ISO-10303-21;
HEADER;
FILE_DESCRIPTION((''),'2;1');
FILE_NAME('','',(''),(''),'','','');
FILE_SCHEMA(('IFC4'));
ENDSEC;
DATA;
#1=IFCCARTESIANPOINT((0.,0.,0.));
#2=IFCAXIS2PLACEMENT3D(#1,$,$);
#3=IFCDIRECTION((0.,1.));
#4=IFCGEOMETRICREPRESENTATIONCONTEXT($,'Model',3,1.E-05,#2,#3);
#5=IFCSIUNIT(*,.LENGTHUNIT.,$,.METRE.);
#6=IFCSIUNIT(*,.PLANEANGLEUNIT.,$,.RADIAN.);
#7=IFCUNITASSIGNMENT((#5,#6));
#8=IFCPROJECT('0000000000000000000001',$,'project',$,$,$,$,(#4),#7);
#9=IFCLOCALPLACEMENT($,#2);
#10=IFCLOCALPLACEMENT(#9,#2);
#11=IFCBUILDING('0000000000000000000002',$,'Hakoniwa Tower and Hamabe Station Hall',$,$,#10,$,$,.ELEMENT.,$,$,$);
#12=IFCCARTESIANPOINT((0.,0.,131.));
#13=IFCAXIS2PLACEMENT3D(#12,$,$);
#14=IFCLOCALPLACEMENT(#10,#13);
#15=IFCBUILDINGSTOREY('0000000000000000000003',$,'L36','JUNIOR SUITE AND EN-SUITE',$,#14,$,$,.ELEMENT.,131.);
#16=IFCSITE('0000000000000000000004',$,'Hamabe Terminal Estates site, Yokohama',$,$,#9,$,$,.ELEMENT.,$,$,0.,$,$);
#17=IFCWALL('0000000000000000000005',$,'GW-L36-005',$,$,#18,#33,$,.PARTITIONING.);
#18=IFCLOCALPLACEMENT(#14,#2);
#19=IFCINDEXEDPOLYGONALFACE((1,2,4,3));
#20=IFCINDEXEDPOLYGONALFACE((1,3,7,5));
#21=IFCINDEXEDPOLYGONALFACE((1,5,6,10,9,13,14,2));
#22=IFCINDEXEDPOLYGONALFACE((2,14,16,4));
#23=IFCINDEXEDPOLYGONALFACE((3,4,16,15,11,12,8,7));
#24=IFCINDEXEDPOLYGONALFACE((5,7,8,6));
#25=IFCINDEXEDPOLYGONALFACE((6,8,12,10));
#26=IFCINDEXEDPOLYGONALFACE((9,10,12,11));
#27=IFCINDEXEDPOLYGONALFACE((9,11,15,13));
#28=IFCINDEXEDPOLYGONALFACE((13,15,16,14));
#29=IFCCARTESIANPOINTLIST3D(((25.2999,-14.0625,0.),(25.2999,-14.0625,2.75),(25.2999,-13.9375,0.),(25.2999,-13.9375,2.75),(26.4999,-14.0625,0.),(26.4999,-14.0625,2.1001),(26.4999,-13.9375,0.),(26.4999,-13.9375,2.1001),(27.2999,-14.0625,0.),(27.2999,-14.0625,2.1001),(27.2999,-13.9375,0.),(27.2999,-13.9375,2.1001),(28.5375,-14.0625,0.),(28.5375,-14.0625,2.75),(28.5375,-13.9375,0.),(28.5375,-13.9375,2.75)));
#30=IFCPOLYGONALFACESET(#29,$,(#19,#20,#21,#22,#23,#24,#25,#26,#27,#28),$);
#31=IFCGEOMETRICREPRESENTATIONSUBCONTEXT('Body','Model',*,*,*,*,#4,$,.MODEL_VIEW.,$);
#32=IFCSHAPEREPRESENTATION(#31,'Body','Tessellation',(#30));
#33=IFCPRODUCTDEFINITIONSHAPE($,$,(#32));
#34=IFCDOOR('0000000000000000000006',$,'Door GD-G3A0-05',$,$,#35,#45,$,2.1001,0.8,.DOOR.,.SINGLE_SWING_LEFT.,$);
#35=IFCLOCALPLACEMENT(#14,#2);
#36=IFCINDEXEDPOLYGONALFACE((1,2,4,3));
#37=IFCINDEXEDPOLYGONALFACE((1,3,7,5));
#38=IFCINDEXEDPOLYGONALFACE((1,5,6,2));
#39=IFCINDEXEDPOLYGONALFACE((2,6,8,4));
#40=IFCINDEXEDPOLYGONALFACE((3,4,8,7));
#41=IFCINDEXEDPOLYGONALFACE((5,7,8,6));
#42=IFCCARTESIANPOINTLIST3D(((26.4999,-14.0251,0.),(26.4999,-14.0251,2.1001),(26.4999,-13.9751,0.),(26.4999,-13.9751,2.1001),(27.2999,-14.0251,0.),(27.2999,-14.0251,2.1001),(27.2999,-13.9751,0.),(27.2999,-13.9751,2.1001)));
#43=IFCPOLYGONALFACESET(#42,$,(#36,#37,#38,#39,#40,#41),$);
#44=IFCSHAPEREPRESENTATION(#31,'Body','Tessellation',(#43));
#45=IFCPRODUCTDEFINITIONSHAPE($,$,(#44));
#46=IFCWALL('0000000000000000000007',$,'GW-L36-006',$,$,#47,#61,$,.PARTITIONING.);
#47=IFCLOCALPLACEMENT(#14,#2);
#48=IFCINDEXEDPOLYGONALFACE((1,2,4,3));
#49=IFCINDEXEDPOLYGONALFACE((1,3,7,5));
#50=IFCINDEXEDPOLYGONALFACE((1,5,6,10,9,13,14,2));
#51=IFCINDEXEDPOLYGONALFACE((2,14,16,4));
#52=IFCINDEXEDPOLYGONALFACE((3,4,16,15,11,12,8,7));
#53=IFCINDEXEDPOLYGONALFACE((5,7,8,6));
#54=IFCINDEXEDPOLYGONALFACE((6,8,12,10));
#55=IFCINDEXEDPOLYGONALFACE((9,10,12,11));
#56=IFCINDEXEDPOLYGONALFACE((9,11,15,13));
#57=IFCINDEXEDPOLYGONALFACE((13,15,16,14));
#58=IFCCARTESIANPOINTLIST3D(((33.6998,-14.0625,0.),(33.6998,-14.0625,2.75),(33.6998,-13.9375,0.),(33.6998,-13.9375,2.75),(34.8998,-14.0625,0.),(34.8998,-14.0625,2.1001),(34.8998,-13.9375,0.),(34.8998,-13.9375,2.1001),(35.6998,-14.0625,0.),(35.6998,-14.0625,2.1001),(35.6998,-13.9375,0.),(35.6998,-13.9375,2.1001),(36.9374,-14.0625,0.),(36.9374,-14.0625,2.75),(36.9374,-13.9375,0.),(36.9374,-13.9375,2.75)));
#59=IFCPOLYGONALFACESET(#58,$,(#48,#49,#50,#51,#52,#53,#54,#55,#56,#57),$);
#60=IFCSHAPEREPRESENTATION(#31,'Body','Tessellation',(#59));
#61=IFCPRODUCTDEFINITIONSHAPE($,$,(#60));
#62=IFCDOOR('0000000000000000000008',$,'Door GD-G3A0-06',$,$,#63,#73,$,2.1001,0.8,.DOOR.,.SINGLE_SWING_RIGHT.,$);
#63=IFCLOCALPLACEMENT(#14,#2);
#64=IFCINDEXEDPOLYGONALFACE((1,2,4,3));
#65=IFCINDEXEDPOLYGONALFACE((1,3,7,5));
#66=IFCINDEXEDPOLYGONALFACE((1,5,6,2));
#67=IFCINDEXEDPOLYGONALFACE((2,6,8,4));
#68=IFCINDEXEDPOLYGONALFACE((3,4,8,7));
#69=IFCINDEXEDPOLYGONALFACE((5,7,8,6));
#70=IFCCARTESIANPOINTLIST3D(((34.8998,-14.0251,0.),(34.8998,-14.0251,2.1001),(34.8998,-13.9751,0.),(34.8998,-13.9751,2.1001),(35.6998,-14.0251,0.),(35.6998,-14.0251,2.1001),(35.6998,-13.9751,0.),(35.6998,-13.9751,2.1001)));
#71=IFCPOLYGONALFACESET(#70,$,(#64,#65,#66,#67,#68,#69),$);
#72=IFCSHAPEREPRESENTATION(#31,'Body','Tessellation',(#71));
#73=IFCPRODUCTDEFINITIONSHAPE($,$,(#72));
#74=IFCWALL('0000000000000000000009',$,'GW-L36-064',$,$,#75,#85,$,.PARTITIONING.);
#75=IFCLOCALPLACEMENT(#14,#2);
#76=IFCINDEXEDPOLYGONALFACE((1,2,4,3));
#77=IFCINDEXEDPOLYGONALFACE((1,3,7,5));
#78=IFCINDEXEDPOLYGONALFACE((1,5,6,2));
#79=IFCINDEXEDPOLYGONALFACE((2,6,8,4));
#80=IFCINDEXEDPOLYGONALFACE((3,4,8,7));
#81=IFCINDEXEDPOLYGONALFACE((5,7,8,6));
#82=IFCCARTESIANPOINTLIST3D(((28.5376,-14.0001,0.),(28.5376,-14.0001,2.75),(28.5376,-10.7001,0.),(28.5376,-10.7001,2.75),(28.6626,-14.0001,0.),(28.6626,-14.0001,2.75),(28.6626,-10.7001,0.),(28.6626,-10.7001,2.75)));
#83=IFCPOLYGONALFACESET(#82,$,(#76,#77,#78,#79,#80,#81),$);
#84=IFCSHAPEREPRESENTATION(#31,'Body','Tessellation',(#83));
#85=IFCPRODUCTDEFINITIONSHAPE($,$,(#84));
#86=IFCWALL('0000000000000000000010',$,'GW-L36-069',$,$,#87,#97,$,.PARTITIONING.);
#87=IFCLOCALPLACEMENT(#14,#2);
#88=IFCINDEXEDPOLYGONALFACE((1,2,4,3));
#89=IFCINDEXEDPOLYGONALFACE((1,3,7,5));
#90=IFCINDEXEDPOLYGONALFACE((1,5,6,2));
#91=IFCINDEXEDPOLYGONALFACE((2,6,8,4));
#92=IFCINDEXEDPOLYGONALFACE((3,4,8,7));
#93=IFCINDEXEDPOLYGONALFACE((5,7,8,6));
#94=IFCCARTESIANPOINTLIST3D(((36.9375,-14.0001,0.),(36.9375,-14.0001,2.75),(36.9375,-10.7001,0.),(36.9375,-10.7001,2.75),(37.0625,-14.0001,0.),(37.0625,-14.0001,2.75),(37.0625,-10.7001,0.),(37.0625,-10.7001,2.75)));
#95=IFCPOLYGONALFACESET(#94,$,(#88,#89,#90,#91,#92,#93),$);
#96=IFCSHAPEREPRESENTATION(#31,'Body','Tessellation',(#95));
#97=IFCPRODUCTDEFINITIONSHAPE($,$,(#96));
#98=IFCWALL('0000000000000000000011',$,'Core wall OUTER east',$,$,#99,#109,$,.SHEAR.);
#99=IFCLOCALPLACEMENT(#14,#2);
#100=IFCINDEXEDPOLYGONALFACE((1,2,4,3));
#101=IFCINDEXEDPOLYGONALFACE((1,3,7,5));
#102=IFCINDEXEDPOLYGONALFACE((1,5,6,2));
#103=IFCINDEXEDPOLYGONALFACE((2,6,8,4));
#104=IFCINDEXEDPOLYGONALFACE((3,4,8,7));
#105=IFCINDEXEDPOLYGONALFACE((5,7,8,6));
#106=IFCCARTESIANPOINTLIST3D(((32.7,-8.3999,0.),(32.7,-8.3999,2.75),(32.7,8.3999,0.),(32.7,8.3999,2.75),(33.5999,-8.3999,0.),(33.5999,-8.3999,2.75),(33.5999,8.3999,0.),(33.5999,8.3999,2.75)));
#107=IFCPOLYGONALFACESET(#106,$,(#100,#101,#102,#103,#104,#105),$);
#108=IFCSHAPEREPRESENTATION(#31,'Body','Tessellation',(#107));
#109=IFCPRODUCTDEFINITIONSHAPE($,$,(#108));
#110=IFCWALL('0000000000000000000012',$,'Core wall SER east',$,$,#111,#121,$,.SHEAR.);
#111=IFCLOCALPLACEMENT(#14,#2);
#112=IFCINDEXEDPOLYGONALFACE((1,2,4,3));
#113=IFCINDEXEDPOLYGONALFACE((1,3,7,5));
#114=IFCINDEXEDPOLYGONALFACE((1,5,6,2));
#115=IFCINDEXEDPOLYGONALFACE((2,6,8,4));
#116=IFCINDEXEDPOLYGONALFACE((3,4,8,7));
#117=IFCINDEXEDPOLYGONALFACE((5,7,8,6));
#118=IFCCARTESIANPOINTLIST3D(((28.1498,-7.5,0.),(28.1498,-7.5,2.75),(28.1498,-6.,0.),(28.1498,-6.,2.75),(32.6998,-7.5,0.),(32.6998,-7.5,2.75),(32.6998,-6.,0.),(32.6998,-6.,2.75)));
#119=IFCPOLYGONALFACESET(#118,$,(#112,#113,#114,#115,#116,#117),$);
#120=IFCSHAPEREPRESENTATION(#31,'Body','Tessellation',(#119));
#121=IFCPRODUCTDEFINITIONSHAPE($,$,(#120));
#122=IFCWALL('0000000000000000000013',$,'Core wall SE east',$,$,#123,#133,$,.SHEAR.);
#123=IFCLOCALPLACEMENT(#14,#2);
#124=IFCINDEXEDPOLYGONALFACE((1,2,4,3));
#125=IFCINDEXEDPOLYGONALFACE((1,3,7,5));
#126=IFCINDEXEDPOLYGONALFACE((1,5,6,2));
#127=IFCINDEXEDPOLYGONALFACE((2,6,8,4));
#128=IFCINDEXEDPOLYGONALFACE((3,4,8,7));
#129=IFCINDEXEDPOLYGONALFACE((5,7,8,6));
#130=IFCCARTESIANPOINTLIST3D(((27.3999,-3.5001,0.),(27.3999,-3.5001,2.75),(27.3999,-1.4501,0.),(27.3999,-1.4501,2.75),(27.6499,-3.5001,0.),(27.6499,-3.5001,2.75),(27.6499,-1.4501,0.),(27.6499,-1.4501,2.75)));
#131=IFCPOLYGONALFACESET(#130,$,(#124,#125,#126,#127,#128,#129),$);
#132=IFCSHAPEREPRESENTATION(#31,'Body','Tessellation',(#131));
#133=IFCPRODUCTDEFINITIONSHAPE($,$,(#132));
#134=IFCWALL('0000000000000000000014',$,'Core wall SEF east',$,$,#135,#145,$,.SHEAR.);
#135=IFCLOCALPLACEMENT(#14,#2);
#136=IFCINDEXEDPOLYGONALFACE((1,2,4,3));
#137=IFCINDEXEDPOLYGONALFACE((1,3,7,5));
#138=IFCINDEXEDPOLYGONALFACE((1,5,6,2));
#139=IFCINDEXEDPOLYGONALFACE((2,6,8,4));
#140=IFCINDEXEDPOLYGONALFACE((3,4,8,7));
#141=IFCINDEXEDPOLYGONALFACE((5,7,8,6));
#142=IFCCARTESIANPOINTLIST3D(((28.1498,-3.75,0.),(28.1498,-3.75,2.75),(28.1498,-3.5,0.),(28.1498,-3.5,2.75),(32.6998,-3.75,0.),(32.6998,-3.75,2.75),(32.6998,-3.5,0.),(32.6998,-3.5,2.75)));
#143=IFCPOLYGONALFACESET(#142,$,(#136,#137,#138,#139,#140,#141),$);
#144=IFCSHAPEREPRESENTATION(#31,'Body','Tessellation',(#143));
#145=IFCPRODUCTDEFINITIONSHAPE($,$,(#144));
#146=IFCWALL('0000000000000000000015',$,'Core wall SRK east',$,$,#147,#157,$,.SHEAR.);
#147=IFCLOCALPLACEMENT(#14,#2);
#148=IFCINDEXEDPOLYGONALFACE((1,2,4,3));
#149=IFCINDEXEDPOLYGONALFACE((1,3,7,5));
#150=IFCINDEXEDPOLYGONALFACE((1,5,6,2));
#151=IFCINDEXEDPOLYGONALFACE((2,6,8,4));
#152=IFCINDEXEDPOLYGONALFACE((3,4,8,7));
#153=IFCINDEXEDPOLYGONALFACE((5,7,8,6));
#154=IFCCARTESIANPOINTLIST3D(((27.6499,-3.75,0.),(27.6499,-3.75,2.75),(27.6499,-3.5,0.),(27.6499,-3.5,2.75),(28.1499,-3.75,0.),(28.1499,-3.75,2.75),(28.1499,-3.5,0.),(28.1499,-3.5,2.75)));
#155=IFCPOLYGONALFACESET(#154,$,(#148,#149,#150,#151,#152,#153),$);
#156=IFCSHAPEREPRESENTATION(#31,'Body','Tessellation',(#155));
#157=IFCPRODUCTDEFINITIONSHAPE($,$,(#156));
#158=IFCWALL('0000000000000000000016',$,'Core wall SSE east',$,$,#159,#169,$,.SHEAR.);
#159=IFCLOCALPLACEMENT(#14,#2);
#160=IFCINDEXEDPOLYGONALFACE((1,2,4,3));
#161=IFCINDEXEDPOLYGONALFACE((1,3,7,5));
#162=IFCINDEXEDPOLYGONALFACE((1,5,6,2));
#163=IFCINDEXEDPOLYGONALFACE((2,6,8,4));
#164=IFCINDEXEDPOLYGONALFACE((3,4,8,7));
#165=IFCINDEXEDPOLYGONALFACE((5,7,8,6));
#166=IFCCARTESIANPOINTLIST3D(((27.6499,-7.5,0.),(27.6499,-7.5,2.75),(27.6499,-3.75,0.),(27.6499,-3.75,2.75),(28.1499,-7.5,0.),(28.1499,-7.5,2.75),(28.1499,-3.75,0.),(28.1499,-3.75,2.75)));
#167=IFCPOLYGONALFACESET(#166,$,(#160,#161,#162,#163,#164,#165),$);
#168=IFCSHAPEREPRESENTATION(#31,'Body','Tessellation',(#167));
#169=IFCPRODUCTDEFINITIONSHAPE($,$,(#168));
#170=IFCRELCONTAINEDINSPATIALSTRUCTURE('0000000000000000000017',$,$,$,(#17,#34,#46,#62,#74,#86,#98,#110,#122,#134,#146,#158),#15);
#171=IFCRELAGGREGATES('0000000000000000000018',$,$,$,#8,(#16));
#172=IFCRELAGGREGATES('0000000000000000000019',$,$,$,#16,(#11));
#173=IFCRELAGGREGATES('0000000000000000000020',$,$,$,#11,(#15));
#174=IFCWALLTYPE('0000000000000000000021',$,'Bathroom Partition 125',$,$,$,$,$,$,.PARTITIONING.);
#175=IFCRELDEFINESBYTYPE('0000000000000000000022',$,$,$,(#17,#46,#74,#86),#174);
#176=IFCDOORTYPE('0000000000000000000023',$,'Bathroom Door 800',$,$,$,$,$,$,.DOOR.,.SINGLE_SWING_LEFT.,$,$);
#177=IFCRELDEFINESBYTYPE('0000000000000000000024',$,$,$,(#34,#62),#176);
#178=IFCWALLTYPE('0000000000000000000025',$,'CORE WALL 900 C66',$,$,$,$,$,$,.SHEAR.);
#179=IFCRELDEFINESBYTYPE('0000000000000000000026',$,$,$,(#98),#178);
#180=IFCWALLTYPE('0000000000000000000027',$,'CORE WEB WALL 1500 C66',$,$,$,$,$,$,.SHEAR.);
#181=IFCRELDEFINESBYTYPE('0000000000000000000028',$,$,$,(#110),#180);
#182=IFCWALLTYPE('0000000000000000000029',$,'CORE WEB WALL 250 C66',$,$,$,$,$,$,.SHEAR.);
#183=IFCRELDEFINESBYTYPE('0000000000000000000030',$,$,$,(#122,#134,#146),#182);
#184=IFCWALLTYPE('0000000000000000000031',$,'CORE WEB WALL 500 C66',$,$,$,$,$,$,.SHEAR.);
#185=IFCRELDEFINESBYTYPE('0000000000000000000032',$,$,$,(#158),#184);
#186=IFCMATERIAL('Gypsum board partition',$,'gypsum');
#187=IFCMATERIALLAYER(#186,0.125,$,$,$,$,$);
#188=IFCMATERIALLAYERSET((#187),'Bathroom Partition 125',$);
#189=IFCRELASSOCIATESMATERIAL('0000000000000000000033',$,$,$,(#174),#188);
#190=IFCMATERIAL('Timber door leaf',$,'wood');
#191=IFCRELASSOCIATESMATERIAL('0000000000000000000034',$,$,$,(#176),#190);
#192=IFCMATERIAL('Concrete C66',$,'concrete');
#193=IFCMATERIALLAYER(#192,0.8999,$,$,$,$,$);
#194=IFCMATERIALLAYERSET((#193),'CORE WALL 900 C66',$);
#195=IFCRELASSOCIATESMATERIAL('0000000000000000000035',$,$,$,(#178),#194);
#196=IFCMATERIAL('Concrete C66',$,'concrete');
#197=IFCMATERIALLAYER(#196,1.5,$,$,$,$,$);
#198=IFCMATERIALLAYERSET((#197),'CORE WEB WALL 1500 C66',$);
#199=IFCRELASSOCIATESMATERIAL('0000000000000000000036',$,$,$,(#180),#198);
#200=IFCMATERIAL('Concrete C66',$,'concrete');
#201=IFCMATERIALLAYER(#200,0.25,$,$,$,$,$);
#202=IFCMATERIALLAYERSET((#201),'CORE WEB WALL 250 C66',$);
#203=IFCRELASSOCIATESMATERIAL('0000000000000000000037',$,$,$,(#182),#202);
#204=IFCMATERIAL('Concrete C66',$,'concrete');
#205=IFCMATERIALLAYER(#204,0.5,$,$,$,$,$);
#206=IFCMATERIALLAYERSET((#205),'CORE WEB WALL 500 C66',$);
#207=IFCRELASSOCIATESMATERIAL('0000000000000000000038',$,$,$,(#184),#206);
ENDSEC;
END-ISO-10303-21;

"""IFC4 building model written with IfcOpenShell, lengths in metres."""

from ifc_helpers import new_model, si_unit, direction, frame, frame_2d, origin, place, context, subcontext, project, spatial, rectangle, extrude, material, layer, layer_set, type_object, element, fill, save


model = new_model("IFC4")

# Units and contexts
model_context = context("Model", 3, precision=1e-05, world=origin(), true_north=direction((0.0, 1.0)))
body_context = subcontext(model_context, "Body", "Model", "MODEL_VIEW")
ifc_project = project(units=[si_unit("LENGTHUNIT", "METRE"), si_unit("PLANEANGLEUNIT", "RADIAN")], contexts=[model_context])

# Site, building, storey
site_placement = place(None, origin())
site = spatial("IfcSite", under=ifc_project, at=site_placement, Name="Hamabe Terminal Estates site, Yokohama", CompositionType="ELEMENT", RefElevation=0.0)
building_placement = place(site_placement, origin())
building = spatial("IfcBuilding", under=site, at=building_placement, Name="Hakoniwa Tower and Hamabe Station Hall", CompositionType="ELEMENT")
storey_placement = place(building_placement, frame((0.0, 0.0, 131.0)))
storey = spatial("IfcBuildingStorey", under=building, at=storey_placement, Name="L36", Description="JUNIOR SUITE AND EN-SUITE", CompositionType="ELEMENT", Elevation=131.0)

# Walls, openings, doors
ifc_material_1 = material(Name="Gypsum board partition", Category="gypsum")
ifc_layer_1 = layer(ifc_material_1, 0.125)
ifc_layer_set_1 = layer_set([ifc_layer_1], Name="Bathroom Partition 125")
wall_type_1 = type_object("IfcWallType", Name="Bathroom Partition 125", PredefinedType="PARTITIONING", material=ifc_layer_set_1)
wall_1_placement = place(storey_placement, frame((25.3, -14.0, 0.0), z_axis=(0.0, 0.0, 1.0), x_axis=(1.0, 0.0, 0.0)))
wall_1 = element("IfcWall", 1, at=wall_1_placement, inside=storey, type_object=wall_type_1, Name="GW-L36-005", PredefinedType="PARTITIONING", context=body_context, shape_type="SweptSolid", body=[
    extrude(rectangle(XDim=3.2375, YDim=0.125, at=frame_2d((1.6187, 0.0))), origin(), (0.0, 0.0, 1.0), 2.75),
])
opening_1_placement = place(wall_1_placement, frame((1.2, 0.0, 0.0)))
opening_1 = element("IfcOpeningElement", 2, at=opening_1_placement, cuts=wall_1, PredefinedType="OPENING", context=body_context, shape_type="SweptSolid", body=[
    extrude(rectangle(XDim=0.8, YDim=2.1001, at=frame_2d((0.3999, 1.05))), frame((0.0, 0.0725, 0.0), z_axis=(0.0, -1.0, 0.0), x_axis=(1.0, 0.0, 0.0)), (0.0, 0.0, 1.0), 0.145),
])
ifc_material_2 = material(Name="Timber door leaf", Category="wood")
door_type_1 = type_object("IfcDoorType", Name="Bathroom Door 800", OperationType="SINGLE_SWING_LEFT", PredefinedType="DOOR", material=ifc_material_2)
door_1_placement = place(opening_1_placement, origin())
door_1 = element("IfcDoor", 3, at=door_1_placement, inside=storey, type_object=door_type_1, Name="Door GD-G3A0-05", OperationType="SINGLE_SWING_LEFT", OverallHeight=2.1001, OverallWidth=0.8, PredefinedType="DOOR", context=body_context, shape_type="SweptSolid", body=[
    extrude(rectangle(XDim=0.8, YDim=2.1001, at=frame_2d((0.3999, 1.05))), frame((0.0, 0.0249, 0.0), z_axis=(0.0, -1.0, 0.0), x_axis=(1.0, 0.0, 0.0)), (0.0, 0.0, 1.0), 0.05),
])
fill(opening_1, door_1)
wall_2_placement = place(storey_placement, frame((33.7, -14.0, 0.0), z_axis=(0.0, 0.0, 1.0), x_axis=(1.0, 0.0, 0.0)))
wall_2 = element("IfcWall", 4, at=wall_2_placement, inside=storey, type_object=wall_type_1, Name="GW-L36-006", PredefinedType="PARTITIONING", context=body_context, shape_type="SweptSolid", body=[
    extrude(rectangle(XDim=3.2375, YDim=0.125, at=frame_2d((1.6187, 0.0))), origin(), (0.0, 0.0, 1.0), 2.75),
])
opening_2_placement = place(wall_2_placement, frame((1.2, 0.0, 0.0)))
opening_2 = element("IfcOpeningElement", 5, at=opening_2_placement, cuts=wall_2, PredefinedType="OPENING", context=body_context, shape_type="SweptSolid", body=[
    extrude(rectangle(XDim=0.8, YDim=2.1001, at=frame_2d((0.3999, 1.05))), frame((0.0, 0.0725, 0.0), z_axis=(0.0, -1.0, 0.0), x_axis=(1.0, 0.0, 0.0)), (0.0, 0.0, 1.0), 0.145),
])
door_2_placement = place(opening_2_placement, origin())
door_2 = element("IfcDoor", 6, at=door_2_placement, inside=storey, type_object=door_type_1, Name="Door GD-G3A0-06", OperationType="SINGLE_SWING_RIGHT", OverallHeight=2.1001, OverallWidth=0.8, PredefinedType="DOOR", context=body_context, shape_type="SweptSolid", body=[
    extrude(rectangle(XDim=0.8, YDim=2.1001, at=frame_2d((0.3999, 1.05))), frame((0.0, 0.0249, 0.0), z_axis=(0.0, -1.0, 0.0), x_axis=(1.0, 0.0, 0.0)), (0.0, 0.0, 1.0), 0.05),
])
fill(opening_2, door_2)

# Walls
for number, where, z_axis, x_axis, name in (
    (7, (28.6001, -14.0, 0.0), (0.0, 0.0, 1.0), (0.0, 1.0, 0.0), "GW-L36-064"),
    (8, (37.0, -14.0, 0.0), (0.0, 0.0, 1.0), (0.0, 1.0, 0.0), "GW-L36-069"),
):
    element("IfcWall", number, at=place(storey_placement, frame(where, z_axis=z_axis, x_axis=x_axis)), inside=storey, type_object=wall_type_1, Name=name, PredefinedType="PARTITIONING", context=body_context, shape_type="SweptSolid", body=[
        extrude(rectangle(XDim=3.3, YDim=0.125, at=frame_2d((1.6499, 0.0))), origin(), (0.0, 0.0, 1.0), 2.75),
    ])
ifc_material_3 = material(Name="Concrete C66", Category="concrete")
ifc_layer_2 = layer(ifc_material_3, 0.8999)
ifc_layer_set_2 = layer_set([ifc_layer_2], Name="CORE WALL 900 C66")
wall_type_2 = type_object("IfcWallType", Name="CORE WALL 900 C66", PredefinedType="SHEAR", material=ifc_layer_set_2)
wall_3_placement = place(storey_placement, frame((33.1499, -8.3999, 0.0), z_axis=(0.0, 0.0, 1.0), x_axis=(0.0, 1.0, 0.0)))
element("IfcWall", 9, at=wall_3_placement, inside=storey, type_object=wall_type_2, Name="Core wall OUTER east", PredefinedType="SHEAR", context=body_context, shape_type="SweptSolid", body=[
    extrude(rectangle(XDim=16.7998, YDim=0.8999, at=frame_2d((8.3999, 0.0))), origin(), (0.0, 0.0, 1.0), 2.75),
])
ifc_material_4 = material(Name="Concrete C66", Category="concrete")
ifc_layer_3 = layer(ifc_material_4, 1.5)
ifc_layer_set_3 = layer_set([ifc_layer_3], Name="CORE WEB WALL 1500 C66")
wall_type_3 = type_object("IfcWallType", Name="CORE WEB WALL 1500 C66", PredefinedType="SHEAR", material=ifc_layer_set_3)
wall_4_placement = place(storey_placement, frame((28.1499, -6.75, 0.0), z_axis=(0.0, 0.0, 1.0), x_axis=(1.0, 0.0, 0.0)))
element("IfcWall", 10, at=wall_4_placement, inside=storey, type_object=wall_type_3, Name="Core wall SER east", PredefinedType="SHEAR", context=body_context, shape_type="SweptSolid", body=[
    extrude(rectangle(XDim=4.55, YDim=1.5, at=frame_2d((2.2749, 0.0))), origin(), (0.0, 0.0, 1.0), 2.75),
])
ifc_material_5 = material(Name="Concrete C66", Category="concrete")
ifc_layer_4 = layer(ifc_material_5, 0.25)
ifc_layer_set_4 = layer_set([ifc_layer_4], Name="CORE WEB WALL 250 C66")
wall_type_4 = type_object("IfcWallType", Name="CORE WEB WALL 250 C66", PredefinedType="SHEAR", material=ifc_layer_set_4)
wall_5_placement = place(storey_placement, frame((27.5249, -3.5, 0.0), z_axis=(0.0, 0.0, 1.0), x_axis=(0.0, 1.0, 0.0)))
element("IfcWall", 11, at=wall_5_placement, inside=storey, type_object=wall_type_4, Name="Core wall SE east", PredefinedType="SHEAR", context=body_context, shape_type="SweptSolid", body=[
    extrude(rectangle(XDim=2.05, YDim=0.25, at=frame_2d((1.0249, 0.0))), origin(), (0.0, 0.0, 1.0), 2.75),
])
wall_6_placement = place(storey_placement, frame((28.1499, -3.625, 0.0), z_axis=(0.0, 0.0, 1.0), x_axis=(1.0, 0.0, 0.0)))
element("IfcWall", 12, at=wall_6_placement, inside=storey, type_object=wall_type_4, Name="Core wall SEF east", PredefinedType="SHEAR", context=body_context, shape_type="SweptSolid", body=[
    extrude(rectangle(XDim=4.55, YDim=0.25, at=frame_2d((2.2749, 0.0))), origin(), (0.0, 0.0, 1.0), 2.75),
])
wall_7_placement = place(storey_placement, frame((27.6499, -3.625, 0.0), z_axis=(0.0, 0.0, 1.0), x_axis=(1.0, 0.0, 0.0)))
element("IfcWall", 13, at=wall_7_placement, inside=storey, type_object=wall_type_4, Name="Core wall SRK east", PredefinedType="SHEAR", context=body_context, shape_type="SweptSolid", body=[
    extrude(rectangle(XDim=0.5, YDim=0.25, at=frame_2d((0.25, 0.0))), origin(), (0.0, 0.0, 1.0), 2.75),
])
ifc_material_6 = material(Name="Concrete C66", Category="concrete")
ifc_layer_5 = layer(ifc_material_6, 0.5)
ifc_layer_set_5 = layer_set([ifc_layer_5], Name="CORE WEB WALL 500 C66")
wall_type_5 = type_object("IfcWallType", Name="CORE WEB WALL 500 C66", PredefinedType="SHEAR", material=ifc_layer_set_5)
wall_8_placement = place(storey_placement, frame((27.8999, -7.5, 0.0), z_axis=(0.0, 0.0, 1.0), x_axis=(0.0, 1.0, 0.0)))
element("IfcWall", 14, at=wall_8_placement, inside=storey, type_object=wall_type_5, Name="Core wall SSE east", PredefinedType="SHEAR", context=body_context, shape_type="SweptSolid", body=[
    extrude(rectangle(XDim=3.75, YDim=0.5, at=frame_2d((1.875, 0.0))), origin(), (0.0, 0.0, 1.0), 2.75),
])

save(model, "model.ifc")
